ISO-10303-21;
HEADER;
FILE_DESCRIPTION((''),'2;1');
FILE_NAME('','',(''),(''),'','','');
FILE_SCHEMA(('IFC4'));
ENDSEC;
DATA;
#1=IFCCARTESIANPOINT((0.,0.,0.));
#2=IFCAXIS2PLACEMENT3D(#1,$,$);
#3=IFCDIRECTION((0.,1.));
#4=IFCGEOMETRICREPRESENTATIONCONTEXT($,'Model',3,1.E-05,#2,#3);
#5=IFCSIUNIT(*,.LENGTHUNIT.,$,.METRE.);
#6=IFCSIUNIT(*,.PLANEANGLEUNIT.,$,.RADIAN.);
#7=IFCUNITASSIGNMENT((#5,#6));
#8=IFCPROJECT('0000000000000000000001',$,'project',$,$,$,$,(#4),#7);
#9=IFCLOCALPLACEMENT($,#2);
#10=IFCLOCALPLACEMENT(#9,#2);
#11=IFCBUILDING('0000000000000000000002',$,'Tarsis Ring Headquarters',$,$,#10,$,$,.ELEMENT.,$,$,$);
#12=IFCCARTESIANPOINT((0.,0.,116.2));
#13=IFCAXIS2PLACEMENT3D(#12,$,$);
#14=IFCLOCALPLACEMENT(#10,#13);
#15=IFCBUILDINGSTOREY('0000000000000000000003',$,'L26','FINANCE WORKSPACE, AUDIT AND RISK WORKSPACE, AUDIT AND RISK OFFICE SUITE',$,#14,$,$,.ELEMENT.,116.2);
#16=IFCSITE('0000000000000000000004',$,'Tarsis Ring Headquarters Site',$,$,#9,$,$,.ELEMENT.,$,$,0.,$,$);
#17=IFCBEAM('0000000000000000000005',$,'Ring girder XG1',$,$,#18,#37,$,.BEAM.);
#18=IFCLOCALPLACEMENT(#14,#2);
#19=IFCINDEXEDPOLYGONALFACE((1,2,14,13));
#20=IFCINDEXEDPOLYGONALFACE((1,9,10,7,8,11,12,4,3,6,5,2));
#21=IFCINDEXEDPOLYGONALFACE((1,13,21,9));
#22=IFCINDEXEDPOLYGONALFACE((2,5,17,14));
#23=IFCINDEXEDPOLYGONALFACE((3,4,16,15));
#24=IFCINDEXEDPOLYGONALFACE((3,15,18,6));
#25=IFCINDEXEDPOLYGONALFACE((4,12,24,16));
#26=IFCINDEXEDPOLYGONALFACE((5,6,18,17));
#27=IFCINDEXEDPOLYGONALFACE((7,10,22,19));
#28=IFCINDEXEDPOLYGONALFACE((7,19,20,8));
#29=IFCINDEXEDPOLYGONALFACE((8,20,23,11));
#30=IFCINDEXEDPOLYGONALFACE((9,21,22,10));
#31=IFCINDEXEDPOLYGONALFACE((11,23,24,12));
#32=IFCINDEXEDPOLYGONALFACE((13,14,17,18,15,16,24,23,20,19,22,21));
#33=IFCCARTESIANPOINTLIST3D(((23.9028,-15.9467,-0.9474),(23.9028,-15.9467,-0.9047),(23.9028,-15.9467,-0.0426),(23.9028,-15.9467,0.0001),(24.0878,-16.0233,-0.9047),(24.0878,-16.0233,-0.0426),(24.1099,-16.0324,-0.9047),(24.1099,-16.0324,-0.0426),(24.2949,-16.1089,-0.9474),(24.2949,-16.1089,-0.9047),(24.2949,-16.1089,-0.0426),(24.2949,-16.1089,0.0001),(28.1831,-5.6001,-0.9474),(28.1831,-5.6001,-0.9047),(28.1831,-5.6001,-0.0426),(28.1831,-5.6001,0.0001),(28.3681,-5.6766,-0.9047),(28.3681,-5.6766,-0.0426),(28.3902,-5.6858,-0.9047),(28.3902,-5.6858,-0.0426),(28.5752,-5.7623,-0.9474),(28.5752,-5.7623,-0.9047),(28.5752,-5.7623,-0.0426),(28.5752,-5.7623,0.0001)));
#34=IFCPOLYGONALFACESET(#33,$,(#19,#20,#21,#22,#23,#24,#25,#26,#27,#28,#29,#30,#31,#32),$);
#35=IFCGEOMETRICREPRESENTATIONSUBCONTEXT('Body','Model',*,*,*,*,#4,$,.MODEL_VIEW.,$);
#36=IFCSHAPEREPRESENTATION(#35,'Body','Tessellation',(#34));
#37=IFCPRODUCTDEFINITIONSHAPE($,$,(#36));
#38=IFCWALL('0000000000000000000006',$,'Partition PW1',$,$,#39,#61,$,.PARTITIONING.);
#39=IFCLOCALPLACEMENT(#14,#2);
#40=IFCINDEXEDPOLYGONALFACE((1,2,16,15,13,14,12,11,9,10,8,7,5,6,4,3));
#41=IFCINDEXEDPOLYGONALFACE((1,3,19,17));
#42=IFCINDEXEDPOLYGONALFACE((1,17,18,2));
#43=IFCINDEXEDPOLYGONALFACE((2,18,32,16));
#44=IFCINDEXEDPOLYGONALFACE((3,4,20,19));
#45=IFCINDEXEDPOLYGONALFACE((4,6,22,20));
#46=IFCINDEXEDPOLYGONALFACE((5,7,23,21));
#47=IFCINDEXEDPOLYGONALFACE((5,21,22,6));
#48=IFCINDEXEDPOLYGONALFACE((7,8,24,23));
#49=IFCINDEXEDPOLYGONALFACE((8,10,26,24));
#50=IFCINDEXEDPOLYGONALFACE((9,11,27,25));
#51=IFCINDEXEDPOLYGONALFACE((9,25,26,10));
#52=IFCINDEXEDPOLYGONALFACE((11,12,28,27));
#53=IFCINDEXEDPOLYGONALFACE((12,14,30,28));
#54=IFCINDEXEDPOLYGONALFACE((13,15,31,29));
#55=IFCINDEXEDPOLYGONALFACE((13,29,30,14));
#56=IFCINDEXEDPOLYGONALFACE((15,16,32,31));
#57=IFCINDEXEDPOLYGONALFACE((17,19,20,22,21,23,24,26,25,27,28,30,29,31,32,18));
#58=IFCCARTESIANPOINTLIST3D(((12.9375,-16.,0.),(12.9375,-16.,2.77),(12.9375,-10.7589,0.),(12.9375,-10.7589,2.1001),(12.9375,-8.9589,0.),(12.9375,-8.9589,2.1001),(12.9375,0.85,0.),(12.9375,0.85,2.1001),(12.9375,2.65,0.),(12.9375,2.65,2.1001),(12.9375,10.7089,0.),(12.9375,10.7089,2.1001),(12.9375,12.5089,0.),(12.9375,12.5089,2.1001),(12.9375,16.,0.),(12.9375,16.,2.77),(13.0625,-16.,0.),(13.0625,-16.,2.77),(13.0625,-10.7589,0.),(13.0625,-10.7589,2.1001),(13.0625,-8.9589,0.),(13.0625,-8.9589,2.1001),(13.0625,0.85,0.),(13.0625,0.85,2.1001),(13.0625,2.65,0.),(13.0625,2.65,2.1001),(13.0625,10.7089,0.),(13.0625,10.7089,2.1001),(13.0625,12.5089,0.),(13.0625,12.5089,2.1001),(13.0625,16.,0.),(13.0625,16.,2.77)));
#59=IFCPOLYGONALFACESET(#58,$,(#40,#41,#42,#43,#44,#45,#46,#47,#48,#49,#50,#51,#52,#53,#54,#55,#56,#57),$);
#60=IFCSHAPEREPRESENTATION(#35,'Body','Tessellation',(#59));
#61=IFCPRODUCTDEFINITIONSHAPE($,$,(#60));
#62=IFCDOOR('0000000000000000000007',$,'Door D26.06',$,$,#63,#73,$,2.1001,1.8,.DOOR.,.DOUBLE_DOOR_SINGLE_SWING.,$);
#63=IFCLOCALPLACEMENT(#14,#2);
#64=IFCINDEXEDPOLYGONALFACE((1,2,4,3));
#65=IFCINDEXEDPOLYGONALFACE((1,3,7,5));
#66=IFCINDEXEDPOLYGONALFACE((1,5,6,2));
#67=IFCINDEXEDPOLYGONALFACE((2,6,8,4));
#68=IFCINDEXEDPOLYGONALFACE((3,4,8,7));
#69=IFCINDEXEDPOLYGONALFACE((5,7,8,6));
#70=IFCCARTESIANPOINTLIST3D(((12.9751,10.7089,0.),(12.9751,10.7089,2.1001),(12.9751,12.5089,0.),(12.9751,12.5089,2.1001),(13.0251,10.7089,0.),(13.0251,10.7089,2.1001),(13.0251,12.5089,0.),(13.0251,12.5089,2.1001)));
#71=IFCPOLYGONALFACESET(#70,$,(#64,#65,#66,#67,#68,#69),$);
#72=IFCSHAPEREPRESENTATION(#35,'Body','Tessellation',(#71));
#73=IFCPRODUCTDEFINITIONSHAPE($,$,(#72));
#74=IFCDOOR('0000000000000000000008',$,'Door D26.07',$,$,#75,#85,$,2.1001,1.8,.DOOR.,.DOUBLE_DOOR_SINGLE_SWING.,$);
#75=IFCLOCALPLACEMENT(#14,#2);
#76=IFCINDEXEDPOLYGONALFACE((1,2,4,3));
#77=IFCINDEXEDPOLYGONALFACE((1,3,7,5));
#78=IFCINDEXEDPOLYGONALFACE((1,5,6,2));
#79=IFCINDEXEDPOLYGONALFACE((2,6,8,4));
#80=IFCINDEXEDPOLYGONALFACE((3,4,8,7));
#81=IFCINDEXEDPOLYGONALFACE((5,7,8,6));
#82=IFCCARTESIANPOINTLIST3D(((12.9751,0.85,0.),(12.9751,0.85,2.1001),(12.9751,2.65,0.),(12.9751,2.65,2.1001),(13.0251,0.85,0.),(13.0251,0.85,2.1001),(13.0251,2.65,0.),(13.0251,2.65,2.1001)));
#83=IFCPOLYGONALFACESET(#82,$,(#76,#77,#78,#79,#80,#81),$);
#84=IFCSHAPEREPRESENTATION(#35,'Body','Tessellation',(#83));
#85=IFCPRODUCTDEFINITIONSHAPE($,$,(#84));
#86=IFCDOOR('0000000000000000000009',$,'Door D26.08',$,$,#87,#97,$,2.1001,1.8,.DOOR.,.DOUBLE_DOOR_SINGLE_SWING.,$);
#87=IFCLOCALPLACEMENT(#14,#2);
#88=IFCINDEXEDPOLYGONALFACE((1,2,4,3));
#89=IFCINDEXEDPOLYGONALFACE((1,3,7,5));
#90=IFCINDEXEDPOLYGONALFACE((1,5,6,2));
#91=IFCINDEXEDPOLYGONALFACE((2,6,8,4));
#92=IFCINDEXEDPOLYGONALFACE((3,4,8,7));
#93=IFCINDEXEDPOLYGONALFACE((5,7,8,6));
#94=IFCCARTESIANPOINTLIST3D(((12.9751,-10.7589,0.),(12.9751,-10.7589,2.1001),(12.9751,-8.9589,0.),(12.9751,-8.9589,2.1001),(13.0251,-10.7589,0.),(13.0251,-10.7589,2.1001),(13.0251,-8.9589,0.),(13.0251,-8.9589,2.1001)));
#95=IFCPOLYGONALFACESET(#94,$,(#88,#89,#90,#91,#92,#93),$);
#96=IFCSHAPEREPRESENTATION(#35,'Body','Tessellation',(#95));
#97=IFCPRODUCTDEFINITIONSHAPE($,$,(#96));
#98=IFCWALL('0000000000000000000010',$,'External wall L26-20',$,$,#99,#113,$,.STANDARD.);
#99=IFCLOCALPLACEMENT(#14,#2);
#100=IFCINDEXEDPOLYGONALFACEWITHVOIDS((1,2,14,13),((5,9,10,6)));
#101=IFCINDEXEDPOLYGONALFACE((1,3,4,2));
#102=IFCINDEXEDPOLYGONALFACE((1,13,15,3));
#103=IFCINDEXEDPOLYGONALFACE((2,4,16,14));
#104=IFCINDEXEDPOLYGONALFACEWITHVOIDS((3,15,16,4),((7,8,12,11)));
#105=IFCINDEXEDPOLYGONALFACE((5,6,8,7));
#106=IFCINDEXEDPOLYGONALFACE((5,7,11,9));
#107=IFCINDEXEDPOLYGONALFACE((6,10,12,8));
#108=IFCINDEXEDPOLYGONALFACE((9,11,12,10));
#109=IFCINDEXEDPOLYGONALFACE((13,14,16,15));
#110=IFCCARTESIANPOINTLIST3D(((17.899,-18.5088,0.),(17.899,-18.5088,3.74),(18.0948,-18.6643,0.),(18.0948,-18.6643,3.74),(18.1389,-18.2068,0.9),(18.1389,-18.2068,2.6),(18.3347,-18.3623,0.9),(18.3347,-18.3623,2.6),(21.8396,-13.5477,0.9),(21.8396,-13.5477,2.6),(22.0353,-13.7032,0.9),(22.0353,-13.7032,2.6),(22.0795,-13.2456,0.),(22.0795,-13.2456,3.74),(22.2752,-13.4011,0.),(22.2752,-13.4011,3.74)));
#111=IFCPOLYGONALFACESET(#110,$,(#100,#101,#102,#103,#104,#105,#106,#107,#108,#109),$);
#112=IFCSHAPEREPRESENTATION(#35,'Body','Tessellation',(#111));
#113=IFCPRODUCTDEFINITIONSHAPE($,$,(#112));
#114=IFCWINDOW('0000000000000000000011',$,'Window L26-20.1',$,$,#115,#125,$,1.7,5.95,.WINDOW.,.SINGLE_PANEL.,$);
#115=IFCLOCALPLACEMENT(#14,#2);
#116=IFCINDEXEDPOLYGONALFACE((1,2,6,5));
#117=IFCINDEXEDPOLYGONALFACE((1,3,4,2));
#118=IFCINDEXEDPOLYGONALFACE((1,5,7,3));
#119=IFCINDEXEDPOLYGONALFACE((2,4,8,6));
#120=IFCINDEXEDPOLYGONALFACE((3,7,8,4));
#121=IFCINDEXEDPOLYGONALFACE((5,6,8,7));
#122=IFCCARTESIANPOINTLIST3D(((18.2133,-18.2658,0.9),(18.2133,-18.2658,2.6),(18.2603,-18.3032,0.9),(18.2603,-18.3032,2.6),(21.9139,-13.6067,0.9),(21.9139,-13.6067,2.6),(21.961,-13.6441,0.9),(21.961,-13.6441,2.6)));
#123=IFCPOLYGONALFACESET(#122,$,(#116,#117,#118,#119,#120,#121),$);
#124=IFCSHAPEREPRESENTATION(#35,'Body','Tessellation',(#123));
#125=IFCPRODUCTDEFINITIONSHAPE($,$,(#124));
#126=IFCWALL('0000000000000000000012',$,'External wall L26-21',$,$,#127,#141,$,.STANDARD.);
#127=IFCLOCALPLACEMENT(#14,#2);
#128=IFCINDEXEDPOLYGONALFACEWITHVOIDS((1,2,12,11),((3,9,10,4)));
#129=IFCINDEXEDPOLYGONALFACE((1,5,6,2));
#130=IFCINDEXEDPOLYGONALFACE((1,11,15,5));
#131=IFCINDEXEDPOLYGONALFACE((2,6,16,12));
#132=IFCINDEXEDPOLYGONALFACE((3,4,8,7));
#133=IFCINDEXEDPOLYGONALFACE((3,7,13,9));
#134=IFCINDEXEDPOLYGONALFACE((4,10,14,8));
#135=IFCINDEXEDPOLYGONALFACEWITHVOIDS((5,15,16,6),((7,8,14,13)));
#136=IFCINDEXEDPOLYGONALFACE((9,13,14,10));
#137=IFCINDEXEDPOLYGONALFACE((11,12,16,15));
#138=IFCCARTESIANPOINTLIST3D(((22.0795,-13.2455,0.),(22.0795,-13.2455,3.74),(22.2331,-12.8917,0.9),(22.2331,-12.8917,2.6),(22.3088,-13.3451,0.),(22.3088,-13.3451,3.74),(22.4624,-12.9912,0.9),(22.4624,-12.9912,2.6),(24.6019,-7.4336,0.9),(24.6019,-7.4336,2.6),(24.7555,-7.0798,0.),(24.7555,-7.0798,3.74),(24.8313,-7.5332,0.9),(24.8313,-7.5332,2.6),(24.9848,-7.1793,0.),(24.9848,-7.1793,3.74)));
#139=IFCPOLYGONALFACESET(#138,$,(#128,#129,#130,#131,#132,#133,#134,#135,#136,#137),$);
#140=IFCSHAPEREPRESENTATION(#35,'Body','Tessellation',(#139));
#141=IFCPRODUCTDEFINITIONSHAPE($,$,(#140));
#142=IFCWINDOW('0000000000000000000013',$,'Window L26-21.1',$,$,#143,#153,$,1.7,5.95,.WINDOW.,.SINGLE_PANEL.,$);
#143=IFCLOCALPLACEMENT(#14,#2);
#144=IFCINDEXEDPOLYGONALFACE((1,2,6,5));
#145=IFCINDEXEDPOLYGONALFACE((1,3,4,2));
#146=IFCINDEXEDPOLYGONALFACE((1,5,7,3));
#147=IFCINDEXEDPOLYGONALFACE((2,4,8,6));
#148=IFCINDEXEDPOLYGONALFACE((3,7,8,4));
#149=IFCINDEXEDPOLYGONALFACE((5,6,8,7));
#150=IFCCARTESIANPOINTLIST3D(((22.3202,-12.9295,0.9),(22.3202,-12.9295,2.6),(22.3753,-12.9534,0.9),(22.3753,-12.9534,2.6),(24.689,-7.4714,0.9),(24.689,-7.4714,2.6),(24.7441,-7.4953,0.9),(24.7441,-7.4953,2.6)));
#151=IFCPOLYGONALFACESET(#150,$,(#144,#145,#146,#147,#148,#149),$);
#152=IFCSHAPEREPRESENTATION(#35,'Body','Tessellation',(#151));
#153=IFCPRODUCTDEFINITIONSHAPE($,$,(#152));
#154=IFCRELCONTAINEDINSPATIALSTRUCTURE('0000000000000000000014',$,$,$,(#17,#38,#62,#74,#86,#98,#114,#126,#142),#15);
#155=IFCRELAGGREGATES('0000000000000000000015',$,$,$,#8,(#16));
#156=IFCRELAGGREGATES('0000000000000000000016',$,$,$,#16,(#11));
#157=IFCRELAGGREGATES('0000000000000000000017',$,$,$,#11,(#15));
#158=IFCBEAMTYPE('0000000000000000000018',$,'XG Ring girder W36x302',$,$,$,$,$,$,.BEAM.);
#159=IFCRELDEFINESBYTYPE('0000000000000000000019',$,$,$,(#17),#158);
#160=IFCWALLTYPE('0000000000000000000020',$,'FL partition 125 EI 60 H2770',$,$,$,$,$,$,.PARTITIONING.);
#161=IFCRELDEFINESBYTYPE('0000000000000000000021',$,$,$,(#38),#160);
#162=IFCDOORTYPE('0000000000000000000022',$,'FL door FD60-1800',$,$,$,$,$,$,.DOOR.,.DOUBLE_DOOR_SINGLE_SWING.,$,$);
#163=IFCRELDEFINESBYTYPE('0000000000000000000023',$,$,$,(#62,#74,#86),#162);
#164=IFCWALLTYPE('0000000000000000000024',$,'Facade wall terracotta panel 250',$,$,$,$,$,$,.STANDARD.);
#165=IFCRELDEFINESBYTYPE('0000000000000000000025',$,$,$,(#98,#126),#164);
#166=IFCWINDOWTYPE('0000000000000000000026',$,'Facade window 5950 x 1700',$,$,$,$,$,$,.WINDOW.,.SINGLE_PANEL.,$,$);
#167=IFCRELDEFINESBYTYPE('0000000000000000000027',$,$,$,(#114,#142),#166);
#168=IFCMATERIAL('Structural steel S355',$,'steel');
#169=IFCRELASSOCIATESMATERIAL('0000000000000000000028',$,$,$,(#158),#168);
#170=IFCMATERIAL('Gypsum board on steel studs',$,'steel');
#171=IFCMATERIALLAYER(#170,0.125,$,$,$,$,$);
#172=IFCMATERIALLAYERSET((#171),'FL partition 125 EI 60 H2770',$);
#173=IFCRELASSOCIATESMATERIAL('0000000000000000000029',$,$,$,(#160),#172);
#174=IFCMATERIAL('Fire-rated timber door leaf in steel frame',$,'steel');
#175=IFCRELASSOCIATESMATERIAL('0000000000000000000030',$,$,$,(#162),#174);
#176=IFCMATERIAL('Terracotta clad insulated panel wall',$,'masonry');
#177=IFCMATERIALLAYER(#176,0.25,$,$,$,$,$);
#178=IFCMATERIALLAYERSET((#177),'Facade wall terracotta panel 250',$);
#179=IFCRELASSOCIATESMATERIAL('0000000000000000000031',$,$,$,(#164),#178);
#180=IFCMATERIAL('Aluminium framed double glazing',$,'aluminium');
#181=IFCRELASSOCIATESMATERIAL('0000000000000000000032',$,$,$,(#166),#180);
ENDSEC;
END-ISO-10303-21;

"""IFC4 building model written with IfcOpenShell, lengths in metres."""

from ifc_helpers import new_model, si_unit, direction, frame, frame_2d, origin, origin_2d, place, context, subcontext, project, spatial, rectangle, i_section, extrude, material, layer, layer_set, material_profile, profile_set, type_object, element, fill, save


model = new_model("IFC4")

# Units and contexts
model_context = context("Model", 3, precision=1e-05, world=origin(), true_north=direction((0.0, 1.0)))
body_context = subcontext(model_context, "Body", "Model", "MODEL_VIEW")
ifc_project = project(units=[si_unit("LENGTHUNIT", "METRE"), si_unit("PLANEANGLEUNIT", "RADIAN")], contexts=[model_context])

# Site, building, storey
site_placement = place(None, origin())
site = spatial("IfcSite", under=ifc_project, at=site_placement, Name="Tarsis Ring Headquarters Site", CompositionType="ELEMENT", RefElevation=0.0)
building_placement = place(site_placement, origin())
building = spatial("IfcBuilding", under=site, at=building_placement, Name="Tarsis Ring Headquarters", CompositionType="ELEMENT")
storey_placement = place(building_placement, frame((0.0, 0.0, 116.2)))
storey = spatial("IfcBuildingStorey", under=building, at=storey_placement, Name="L26", Description="FINANCE WORKSPACE, AUDIT AND RISK WORKSPACE, AUDIT AND RISK OFFICE SUITE", CompositionType="ELEMENT", Elevation=116.2)

# Shared definitions
ifc_material_1 = material(Name="Structural steel S355", Category="steel")

# Beam
ifc_material_profile_1 = material_profile(ifc_material_1, i_section(OverallWidth=0.4243, OverallDepth=0.9475, WebThickness=0.0239, FlangeThickness=0.0427, at=origin_2d()), Name="W36x302")
ifc_profile_set_1 = profile_set([ifc_material_profile_1], Name="Structural steel S355")
beam_type = type_object("IfcBeamType", Name="XG Ring girder W36x302", PredefinedType="BEAM", material=ifc_profile_set_1)
beam_1_placement = place(storey_placement, frame((24.0989, -16.0278, -0.4736), z_axis=(0.382267, 0.924052, 0.0), x_axis=(-0.924052, 0.382267, 0.0)))
element("IfcBeam", 1, at=beam_1_placement, inside=storey, type_object=beam_type, Name="Ring girder XG1", PredefinedType="BEAM", context=body_context, shape_type="SweptSolid", body=[
    extrude(i_section(OverallWidth=0.4243, OverallDepth=0.9475, WebThickness=0.0239, FlangeThickness=0.0427, at=origin_2d()), origin(), (0.0, 0.0, 1.0), 11.197),
])

# Wall, openings, doors
ifc_material_2 = material(Name="Gypsum board on steel studs", Category="steel")
ifc_layer_1 = layer(ifc_material_2, 0.125)
ifc_layer_set_1 = layer_set([ifc_layer_1], Name="FL partition 125 EI 60 H2770")
wall_type_1 = type_object("IfcWallType", Name="FL partition 125 EI 60 H2770", PredefinedType="PARTITIONING", material=ifc_layer_set_1)
wall_1_placement = place(storey_placement, frame((13.0, -16.0, 0.0), z_axis=(0.0, 0.0, 1.0), x_axis=(0.0, 1.0, 0.0)))
wall_1 = element("IfcWall", 2, at=wall_1_placement, inside=storey, type_object=wall_type_1, Name="Partition PW1", PredefinedType="PARTITIONING", context=body_context, shape_type="SweptSolid", body=[
    extrude(rectangle(XDim=32.0, YDim=0.125, at=frame_2d((16.0, 0.0))), origin(), (0.0, 0.0, 1.0), 2.77),
])
opening_1_placement = place(wall_1_placement, frame((26.709, 0.0, 0.0)))
opening_1 = element("IfcOpeningElement", 3, at=opening_1_placement, cuts=wall_1, PredefinedType="OPENING", context=body_context, shape_type="SweptSolid", body=[
    extrude(rectangle(XDim=1.8, YDim=2.1001, at=frame_2d((0.8999, 1.05))), frame((0.0, 0.0725, 0.0), z_axis=(0.0, -1.0, 0.0), x_axis=(1.0, 0.0, 0.0)), (0.0, 0.0, 1.0), 0.145),
])
opening_2_placement = place(wall_1_placement, frame((16.8501, 0.0, 0.0)))
opening_2 = element("IfcOpeningElement", 4, at=opening_2_placement, cuts=wall_1, PredefinedType="OPENING", context=body_context, shape_type="SweptSolid", body=[
    extrude(rectangle(XDim=1.8, YDim=2.1001, at=frame_2d((0.8999, 1.05))), frame((0.0, 0.0725, 0.0), z_axis=(0.0, -1.0, 0.0), x_axis=(1.0, 0.0, 0.0)), (0.0, 0.0, 1.0), 0.145),
])
opening_3_placement = place(wall_1_placement, frame((5.2412, 0.0, 0.0)))
opening_3 = element("IfcOpeningElement", 5, at=opening_3_placement, cuts=wall_1, PredefinedType="OPENING", context=body_context, shape_type="SweptSolid", body=[
    extrude(rectangle(XDim=1.8, YDim=2.1001, at=frame_2d((0.8999, 1.05))), frame((0.0, 0.0725, 0.0), z_axis=(0.0, -1.0, 0.0), x_axis=(1.0, 0.0, 0.0)), (0.0, 0.0, 1.0), 0.145),
])
ifc_material_3 = material(Name="Fire-rated timber door leaf in steel frame", Category="steel")
door_type = type_object("IfcDoorType", Name="FL door FD60-1800", OperationType="DOUBLE_DOOR_SINGLE_SWING", PredefinedType="DOOR", material=ifc_material_3)
door_1_placement = place(opening_1_placement, origin())
door_1 = element("IfcDoor", 6, at=door_1_placement, inside=storey, type_object=door_type, Name="Door D26.06", OperationType="DOUBLE_DOOR_SINGLE_SWING", OverallHeight=2.1001, OverallWidth=1.8, PredefinedType="DOOR", context=body_context, shape_type="SweptSolid", body=[
    extrude(rectangle(XDim=1.8, YDim=2.1001, at=frame_2d((0.8999, 1.05))), frame((0.0, 0.0249, 0.0), z_axis=(0.0, -1.0, 0.0), x_axis=(1.0, 0.0, 0.0)), (0.0, 0.0, 1.0), 0.05),
])
fill(opening_1, door_1)
door_2_placement = place(opening_2_placement, origin())
door_2 = element("IfcDoor", 7, at=door_2_placement, inside=storey, type_object=door_type, Name="Door D26.07", OperationType="DOUBLE_DOOR_SINGLE_SWING", OverallHeight=2.1001, OverallWidth=1.8, PredefinedType="DOOR", context=body_context, shape_type="SweptSolid", body=[
    extrude(rectangle(XDim=1.8, YDim=2.1001, at=frame_2d((0.8999, 1.05))), frame((0.0, 0.0249, 0.0), z_axis=(0.0, -1.0, 0.0), x_axis=(1.0, 0.0, 0.0)), (0.0, 0.0, 1.0), 0.05),
])
fill(opening_2, door_2)
door_3_placement = place(opening_3_placement, origin())
door_3 = element("IfcDoor", 8, at=door_3_placement, inside=storey, type_object=door_type, Name="Door D26.08", OperationType="DOUBLE_DOOR_SINGLE_SWING", OverallHeight=2.1001, OverallWidth=1.8, PredefinedType="DOOR", context=body_context, shape_type="SweptSolid", body=[
    extrude(rectangle(XDim=1.8, YDim=2.1001, at=frame_2d((0.8999, 1.05))), frame((0.0, 0.0249, 0.0), z_axis=(0.0, -1.0, 0.0), x_axis=(1.0, 0.0, 0.0)), (0.0, 0.0, 1.0), 0.05),
])
fill(opening_3, door_3)

# Walls, openings, windows
ifc_material_4 = material(Name="Terracotta clad insulated panel wall", Category="masonry")
ifc_layer_2 = layer(ifc_material_4, 0.25)
ifc_layer_set_2 = layer_set([ifc_layer_2], Name="Facade wall terracotta panel 250")
wall_type_2 = type_object("IfcWallType", Name="Facade wall terracotta panel 250", PredefinedType="STANDARD", material=ifc_layer_set_2)
wall_2_placement = place(storey_placement, frame((17.9968, -18.5867, 0.0), z_axis=(0.0, 0.0, 1.0), x_axis=(0.621958, 0.78305, 0.0)))
wall_2 = element("IfcWall", 9, at=wall_2_placement, inside=storey, type_object=wall_type_2, Name="External wall L26-20", PredefinedType="STANDARD", context=body_context, shape_type="SweptSolid", body=[
    extrude(rectangle(XDim=6.7214, YDim=0.25, at=frame_2d((3.3608, 0.0))), origin(), (0.0, 0.0, 1.0), 3.74),
])
opening_4_placement = place(wall_2_placement, frame((0.3857, 0.0, 0.8999)))
opening_4 = element("IfcOpeningElement", 10, at=opening_4_placement, cuts=wall_2, PredefinedType="OPENING", context=body_context, shape_type="SweptSolid", body=[
    extrude(rectangle(XDim=5.95, YDim=1.7, at=frame_2d((2.9751, 0.8501))), frame((0.0, 0.135, 0.0), z_axis=(0.0, -1.0, 0.0), x_axis=(1.0, 0.0, 0.0)), (0.0, 0.0, 1.0), 0.27),
])
ifc_material_5 = material(Name="Aluminium framed double glazing", Category="aluminium")
window_type = type_object("IfcWindowType", Name="Facade window 5950 x 1700", PartitioningType="SINGLE_PANEL", PredefinedType="WINDOW", material=ifc_material_5)
window_1_placement = place(opening_4_placement, origin())
window_1 = element("IfcWindow", 11, at=window_1_placement, inside=storey, type_object=window_type, Name="Window L26-20.1", OverallHeight=1.7, OverallWidth=5.95, PartitioningType="SINGLE_PANEL", PredefinedType="WINDOW", context=body_context, shape_type="SweptSolid", body=[
    extrude(rectangle(XDim=5.95, YDim=1.7, at=frame_2d((2.9751, 0.8501))), frame((0.0, 0.03, 0.0), z_axis=(0.0, -1.0, 0.0), x_axis=(1.0, 0.0, 0.0)), (0.0, 0.0, 1.0), 0.0601),
])
fill(opening_4, window_1)
wall_3_placement = place(storey_placement, frame((22.1941, -13.2954, 0.0), z_axis=(0.0, 0.0, 1.0), x_axis=(0.398132, 0.917328, 0.0)))
wall_3 = element("IfcWall", 12, at=wall_3_placement, inside=storey, type_object=wall_type_2, Name="External wall L26-21", PredefinedType="STANDARD", context=body_context, shape_type="SweptSolid", body=[
    extrude(rectangle(XDim=6.7214, YDim=0.25, at=frame_2d((3.3608, 0.0))), origin(), (0.0, 0.0, 1.0), 3.74),
])
opening_5_placement = place(wall_3_placement, frame((0.3857, 0.0, 0.8999)))
opening_5 = element("IfcOpeningElement", 13, at=opening_5_placement, cuts=wall_3, PredefinedType="OPENING", context=body_context, shape_type="SweptSolid", body=[
    extrude(rectangle(XDim=5.95, YDim=1.7, at=frame_2d((2.9751, 0.8501))), frame((0.0, 0.135, 0.0), z_axis=(0.0, -1.0, 0.0), x_axis=(1.0, 0.0, 0.0)), (0.0, 0.0, 1.0), 0.27),
])
window_2_placement = place(opening_5_placement, origin())
window_2 = element("IfcWindow", 14, at=window_2_placement, inside=storey, type_object=window_type, Name="Window L26-21.1", OverallHeight=1.7, OverallWidth=5.95, PartitioningType="SINGLE_PANEL", PredefinedType="WINDOW", context=body_context, shape_type="SweptSolid", body=[
    extrude(rectangle(XDim=5.95, YDim=1.7, at=frame_2d((2.9751, 0.8501))), frame((0.0, 0.03, 0.0), z_axis=(0.0, -1.0, 0.0), x_axis=(1.0, 0.0, 0.0)), (0.0, 0.0, 1.0), 0.0601),
])
fill(opening_5, window_2)

save(model, "model.ifc")
